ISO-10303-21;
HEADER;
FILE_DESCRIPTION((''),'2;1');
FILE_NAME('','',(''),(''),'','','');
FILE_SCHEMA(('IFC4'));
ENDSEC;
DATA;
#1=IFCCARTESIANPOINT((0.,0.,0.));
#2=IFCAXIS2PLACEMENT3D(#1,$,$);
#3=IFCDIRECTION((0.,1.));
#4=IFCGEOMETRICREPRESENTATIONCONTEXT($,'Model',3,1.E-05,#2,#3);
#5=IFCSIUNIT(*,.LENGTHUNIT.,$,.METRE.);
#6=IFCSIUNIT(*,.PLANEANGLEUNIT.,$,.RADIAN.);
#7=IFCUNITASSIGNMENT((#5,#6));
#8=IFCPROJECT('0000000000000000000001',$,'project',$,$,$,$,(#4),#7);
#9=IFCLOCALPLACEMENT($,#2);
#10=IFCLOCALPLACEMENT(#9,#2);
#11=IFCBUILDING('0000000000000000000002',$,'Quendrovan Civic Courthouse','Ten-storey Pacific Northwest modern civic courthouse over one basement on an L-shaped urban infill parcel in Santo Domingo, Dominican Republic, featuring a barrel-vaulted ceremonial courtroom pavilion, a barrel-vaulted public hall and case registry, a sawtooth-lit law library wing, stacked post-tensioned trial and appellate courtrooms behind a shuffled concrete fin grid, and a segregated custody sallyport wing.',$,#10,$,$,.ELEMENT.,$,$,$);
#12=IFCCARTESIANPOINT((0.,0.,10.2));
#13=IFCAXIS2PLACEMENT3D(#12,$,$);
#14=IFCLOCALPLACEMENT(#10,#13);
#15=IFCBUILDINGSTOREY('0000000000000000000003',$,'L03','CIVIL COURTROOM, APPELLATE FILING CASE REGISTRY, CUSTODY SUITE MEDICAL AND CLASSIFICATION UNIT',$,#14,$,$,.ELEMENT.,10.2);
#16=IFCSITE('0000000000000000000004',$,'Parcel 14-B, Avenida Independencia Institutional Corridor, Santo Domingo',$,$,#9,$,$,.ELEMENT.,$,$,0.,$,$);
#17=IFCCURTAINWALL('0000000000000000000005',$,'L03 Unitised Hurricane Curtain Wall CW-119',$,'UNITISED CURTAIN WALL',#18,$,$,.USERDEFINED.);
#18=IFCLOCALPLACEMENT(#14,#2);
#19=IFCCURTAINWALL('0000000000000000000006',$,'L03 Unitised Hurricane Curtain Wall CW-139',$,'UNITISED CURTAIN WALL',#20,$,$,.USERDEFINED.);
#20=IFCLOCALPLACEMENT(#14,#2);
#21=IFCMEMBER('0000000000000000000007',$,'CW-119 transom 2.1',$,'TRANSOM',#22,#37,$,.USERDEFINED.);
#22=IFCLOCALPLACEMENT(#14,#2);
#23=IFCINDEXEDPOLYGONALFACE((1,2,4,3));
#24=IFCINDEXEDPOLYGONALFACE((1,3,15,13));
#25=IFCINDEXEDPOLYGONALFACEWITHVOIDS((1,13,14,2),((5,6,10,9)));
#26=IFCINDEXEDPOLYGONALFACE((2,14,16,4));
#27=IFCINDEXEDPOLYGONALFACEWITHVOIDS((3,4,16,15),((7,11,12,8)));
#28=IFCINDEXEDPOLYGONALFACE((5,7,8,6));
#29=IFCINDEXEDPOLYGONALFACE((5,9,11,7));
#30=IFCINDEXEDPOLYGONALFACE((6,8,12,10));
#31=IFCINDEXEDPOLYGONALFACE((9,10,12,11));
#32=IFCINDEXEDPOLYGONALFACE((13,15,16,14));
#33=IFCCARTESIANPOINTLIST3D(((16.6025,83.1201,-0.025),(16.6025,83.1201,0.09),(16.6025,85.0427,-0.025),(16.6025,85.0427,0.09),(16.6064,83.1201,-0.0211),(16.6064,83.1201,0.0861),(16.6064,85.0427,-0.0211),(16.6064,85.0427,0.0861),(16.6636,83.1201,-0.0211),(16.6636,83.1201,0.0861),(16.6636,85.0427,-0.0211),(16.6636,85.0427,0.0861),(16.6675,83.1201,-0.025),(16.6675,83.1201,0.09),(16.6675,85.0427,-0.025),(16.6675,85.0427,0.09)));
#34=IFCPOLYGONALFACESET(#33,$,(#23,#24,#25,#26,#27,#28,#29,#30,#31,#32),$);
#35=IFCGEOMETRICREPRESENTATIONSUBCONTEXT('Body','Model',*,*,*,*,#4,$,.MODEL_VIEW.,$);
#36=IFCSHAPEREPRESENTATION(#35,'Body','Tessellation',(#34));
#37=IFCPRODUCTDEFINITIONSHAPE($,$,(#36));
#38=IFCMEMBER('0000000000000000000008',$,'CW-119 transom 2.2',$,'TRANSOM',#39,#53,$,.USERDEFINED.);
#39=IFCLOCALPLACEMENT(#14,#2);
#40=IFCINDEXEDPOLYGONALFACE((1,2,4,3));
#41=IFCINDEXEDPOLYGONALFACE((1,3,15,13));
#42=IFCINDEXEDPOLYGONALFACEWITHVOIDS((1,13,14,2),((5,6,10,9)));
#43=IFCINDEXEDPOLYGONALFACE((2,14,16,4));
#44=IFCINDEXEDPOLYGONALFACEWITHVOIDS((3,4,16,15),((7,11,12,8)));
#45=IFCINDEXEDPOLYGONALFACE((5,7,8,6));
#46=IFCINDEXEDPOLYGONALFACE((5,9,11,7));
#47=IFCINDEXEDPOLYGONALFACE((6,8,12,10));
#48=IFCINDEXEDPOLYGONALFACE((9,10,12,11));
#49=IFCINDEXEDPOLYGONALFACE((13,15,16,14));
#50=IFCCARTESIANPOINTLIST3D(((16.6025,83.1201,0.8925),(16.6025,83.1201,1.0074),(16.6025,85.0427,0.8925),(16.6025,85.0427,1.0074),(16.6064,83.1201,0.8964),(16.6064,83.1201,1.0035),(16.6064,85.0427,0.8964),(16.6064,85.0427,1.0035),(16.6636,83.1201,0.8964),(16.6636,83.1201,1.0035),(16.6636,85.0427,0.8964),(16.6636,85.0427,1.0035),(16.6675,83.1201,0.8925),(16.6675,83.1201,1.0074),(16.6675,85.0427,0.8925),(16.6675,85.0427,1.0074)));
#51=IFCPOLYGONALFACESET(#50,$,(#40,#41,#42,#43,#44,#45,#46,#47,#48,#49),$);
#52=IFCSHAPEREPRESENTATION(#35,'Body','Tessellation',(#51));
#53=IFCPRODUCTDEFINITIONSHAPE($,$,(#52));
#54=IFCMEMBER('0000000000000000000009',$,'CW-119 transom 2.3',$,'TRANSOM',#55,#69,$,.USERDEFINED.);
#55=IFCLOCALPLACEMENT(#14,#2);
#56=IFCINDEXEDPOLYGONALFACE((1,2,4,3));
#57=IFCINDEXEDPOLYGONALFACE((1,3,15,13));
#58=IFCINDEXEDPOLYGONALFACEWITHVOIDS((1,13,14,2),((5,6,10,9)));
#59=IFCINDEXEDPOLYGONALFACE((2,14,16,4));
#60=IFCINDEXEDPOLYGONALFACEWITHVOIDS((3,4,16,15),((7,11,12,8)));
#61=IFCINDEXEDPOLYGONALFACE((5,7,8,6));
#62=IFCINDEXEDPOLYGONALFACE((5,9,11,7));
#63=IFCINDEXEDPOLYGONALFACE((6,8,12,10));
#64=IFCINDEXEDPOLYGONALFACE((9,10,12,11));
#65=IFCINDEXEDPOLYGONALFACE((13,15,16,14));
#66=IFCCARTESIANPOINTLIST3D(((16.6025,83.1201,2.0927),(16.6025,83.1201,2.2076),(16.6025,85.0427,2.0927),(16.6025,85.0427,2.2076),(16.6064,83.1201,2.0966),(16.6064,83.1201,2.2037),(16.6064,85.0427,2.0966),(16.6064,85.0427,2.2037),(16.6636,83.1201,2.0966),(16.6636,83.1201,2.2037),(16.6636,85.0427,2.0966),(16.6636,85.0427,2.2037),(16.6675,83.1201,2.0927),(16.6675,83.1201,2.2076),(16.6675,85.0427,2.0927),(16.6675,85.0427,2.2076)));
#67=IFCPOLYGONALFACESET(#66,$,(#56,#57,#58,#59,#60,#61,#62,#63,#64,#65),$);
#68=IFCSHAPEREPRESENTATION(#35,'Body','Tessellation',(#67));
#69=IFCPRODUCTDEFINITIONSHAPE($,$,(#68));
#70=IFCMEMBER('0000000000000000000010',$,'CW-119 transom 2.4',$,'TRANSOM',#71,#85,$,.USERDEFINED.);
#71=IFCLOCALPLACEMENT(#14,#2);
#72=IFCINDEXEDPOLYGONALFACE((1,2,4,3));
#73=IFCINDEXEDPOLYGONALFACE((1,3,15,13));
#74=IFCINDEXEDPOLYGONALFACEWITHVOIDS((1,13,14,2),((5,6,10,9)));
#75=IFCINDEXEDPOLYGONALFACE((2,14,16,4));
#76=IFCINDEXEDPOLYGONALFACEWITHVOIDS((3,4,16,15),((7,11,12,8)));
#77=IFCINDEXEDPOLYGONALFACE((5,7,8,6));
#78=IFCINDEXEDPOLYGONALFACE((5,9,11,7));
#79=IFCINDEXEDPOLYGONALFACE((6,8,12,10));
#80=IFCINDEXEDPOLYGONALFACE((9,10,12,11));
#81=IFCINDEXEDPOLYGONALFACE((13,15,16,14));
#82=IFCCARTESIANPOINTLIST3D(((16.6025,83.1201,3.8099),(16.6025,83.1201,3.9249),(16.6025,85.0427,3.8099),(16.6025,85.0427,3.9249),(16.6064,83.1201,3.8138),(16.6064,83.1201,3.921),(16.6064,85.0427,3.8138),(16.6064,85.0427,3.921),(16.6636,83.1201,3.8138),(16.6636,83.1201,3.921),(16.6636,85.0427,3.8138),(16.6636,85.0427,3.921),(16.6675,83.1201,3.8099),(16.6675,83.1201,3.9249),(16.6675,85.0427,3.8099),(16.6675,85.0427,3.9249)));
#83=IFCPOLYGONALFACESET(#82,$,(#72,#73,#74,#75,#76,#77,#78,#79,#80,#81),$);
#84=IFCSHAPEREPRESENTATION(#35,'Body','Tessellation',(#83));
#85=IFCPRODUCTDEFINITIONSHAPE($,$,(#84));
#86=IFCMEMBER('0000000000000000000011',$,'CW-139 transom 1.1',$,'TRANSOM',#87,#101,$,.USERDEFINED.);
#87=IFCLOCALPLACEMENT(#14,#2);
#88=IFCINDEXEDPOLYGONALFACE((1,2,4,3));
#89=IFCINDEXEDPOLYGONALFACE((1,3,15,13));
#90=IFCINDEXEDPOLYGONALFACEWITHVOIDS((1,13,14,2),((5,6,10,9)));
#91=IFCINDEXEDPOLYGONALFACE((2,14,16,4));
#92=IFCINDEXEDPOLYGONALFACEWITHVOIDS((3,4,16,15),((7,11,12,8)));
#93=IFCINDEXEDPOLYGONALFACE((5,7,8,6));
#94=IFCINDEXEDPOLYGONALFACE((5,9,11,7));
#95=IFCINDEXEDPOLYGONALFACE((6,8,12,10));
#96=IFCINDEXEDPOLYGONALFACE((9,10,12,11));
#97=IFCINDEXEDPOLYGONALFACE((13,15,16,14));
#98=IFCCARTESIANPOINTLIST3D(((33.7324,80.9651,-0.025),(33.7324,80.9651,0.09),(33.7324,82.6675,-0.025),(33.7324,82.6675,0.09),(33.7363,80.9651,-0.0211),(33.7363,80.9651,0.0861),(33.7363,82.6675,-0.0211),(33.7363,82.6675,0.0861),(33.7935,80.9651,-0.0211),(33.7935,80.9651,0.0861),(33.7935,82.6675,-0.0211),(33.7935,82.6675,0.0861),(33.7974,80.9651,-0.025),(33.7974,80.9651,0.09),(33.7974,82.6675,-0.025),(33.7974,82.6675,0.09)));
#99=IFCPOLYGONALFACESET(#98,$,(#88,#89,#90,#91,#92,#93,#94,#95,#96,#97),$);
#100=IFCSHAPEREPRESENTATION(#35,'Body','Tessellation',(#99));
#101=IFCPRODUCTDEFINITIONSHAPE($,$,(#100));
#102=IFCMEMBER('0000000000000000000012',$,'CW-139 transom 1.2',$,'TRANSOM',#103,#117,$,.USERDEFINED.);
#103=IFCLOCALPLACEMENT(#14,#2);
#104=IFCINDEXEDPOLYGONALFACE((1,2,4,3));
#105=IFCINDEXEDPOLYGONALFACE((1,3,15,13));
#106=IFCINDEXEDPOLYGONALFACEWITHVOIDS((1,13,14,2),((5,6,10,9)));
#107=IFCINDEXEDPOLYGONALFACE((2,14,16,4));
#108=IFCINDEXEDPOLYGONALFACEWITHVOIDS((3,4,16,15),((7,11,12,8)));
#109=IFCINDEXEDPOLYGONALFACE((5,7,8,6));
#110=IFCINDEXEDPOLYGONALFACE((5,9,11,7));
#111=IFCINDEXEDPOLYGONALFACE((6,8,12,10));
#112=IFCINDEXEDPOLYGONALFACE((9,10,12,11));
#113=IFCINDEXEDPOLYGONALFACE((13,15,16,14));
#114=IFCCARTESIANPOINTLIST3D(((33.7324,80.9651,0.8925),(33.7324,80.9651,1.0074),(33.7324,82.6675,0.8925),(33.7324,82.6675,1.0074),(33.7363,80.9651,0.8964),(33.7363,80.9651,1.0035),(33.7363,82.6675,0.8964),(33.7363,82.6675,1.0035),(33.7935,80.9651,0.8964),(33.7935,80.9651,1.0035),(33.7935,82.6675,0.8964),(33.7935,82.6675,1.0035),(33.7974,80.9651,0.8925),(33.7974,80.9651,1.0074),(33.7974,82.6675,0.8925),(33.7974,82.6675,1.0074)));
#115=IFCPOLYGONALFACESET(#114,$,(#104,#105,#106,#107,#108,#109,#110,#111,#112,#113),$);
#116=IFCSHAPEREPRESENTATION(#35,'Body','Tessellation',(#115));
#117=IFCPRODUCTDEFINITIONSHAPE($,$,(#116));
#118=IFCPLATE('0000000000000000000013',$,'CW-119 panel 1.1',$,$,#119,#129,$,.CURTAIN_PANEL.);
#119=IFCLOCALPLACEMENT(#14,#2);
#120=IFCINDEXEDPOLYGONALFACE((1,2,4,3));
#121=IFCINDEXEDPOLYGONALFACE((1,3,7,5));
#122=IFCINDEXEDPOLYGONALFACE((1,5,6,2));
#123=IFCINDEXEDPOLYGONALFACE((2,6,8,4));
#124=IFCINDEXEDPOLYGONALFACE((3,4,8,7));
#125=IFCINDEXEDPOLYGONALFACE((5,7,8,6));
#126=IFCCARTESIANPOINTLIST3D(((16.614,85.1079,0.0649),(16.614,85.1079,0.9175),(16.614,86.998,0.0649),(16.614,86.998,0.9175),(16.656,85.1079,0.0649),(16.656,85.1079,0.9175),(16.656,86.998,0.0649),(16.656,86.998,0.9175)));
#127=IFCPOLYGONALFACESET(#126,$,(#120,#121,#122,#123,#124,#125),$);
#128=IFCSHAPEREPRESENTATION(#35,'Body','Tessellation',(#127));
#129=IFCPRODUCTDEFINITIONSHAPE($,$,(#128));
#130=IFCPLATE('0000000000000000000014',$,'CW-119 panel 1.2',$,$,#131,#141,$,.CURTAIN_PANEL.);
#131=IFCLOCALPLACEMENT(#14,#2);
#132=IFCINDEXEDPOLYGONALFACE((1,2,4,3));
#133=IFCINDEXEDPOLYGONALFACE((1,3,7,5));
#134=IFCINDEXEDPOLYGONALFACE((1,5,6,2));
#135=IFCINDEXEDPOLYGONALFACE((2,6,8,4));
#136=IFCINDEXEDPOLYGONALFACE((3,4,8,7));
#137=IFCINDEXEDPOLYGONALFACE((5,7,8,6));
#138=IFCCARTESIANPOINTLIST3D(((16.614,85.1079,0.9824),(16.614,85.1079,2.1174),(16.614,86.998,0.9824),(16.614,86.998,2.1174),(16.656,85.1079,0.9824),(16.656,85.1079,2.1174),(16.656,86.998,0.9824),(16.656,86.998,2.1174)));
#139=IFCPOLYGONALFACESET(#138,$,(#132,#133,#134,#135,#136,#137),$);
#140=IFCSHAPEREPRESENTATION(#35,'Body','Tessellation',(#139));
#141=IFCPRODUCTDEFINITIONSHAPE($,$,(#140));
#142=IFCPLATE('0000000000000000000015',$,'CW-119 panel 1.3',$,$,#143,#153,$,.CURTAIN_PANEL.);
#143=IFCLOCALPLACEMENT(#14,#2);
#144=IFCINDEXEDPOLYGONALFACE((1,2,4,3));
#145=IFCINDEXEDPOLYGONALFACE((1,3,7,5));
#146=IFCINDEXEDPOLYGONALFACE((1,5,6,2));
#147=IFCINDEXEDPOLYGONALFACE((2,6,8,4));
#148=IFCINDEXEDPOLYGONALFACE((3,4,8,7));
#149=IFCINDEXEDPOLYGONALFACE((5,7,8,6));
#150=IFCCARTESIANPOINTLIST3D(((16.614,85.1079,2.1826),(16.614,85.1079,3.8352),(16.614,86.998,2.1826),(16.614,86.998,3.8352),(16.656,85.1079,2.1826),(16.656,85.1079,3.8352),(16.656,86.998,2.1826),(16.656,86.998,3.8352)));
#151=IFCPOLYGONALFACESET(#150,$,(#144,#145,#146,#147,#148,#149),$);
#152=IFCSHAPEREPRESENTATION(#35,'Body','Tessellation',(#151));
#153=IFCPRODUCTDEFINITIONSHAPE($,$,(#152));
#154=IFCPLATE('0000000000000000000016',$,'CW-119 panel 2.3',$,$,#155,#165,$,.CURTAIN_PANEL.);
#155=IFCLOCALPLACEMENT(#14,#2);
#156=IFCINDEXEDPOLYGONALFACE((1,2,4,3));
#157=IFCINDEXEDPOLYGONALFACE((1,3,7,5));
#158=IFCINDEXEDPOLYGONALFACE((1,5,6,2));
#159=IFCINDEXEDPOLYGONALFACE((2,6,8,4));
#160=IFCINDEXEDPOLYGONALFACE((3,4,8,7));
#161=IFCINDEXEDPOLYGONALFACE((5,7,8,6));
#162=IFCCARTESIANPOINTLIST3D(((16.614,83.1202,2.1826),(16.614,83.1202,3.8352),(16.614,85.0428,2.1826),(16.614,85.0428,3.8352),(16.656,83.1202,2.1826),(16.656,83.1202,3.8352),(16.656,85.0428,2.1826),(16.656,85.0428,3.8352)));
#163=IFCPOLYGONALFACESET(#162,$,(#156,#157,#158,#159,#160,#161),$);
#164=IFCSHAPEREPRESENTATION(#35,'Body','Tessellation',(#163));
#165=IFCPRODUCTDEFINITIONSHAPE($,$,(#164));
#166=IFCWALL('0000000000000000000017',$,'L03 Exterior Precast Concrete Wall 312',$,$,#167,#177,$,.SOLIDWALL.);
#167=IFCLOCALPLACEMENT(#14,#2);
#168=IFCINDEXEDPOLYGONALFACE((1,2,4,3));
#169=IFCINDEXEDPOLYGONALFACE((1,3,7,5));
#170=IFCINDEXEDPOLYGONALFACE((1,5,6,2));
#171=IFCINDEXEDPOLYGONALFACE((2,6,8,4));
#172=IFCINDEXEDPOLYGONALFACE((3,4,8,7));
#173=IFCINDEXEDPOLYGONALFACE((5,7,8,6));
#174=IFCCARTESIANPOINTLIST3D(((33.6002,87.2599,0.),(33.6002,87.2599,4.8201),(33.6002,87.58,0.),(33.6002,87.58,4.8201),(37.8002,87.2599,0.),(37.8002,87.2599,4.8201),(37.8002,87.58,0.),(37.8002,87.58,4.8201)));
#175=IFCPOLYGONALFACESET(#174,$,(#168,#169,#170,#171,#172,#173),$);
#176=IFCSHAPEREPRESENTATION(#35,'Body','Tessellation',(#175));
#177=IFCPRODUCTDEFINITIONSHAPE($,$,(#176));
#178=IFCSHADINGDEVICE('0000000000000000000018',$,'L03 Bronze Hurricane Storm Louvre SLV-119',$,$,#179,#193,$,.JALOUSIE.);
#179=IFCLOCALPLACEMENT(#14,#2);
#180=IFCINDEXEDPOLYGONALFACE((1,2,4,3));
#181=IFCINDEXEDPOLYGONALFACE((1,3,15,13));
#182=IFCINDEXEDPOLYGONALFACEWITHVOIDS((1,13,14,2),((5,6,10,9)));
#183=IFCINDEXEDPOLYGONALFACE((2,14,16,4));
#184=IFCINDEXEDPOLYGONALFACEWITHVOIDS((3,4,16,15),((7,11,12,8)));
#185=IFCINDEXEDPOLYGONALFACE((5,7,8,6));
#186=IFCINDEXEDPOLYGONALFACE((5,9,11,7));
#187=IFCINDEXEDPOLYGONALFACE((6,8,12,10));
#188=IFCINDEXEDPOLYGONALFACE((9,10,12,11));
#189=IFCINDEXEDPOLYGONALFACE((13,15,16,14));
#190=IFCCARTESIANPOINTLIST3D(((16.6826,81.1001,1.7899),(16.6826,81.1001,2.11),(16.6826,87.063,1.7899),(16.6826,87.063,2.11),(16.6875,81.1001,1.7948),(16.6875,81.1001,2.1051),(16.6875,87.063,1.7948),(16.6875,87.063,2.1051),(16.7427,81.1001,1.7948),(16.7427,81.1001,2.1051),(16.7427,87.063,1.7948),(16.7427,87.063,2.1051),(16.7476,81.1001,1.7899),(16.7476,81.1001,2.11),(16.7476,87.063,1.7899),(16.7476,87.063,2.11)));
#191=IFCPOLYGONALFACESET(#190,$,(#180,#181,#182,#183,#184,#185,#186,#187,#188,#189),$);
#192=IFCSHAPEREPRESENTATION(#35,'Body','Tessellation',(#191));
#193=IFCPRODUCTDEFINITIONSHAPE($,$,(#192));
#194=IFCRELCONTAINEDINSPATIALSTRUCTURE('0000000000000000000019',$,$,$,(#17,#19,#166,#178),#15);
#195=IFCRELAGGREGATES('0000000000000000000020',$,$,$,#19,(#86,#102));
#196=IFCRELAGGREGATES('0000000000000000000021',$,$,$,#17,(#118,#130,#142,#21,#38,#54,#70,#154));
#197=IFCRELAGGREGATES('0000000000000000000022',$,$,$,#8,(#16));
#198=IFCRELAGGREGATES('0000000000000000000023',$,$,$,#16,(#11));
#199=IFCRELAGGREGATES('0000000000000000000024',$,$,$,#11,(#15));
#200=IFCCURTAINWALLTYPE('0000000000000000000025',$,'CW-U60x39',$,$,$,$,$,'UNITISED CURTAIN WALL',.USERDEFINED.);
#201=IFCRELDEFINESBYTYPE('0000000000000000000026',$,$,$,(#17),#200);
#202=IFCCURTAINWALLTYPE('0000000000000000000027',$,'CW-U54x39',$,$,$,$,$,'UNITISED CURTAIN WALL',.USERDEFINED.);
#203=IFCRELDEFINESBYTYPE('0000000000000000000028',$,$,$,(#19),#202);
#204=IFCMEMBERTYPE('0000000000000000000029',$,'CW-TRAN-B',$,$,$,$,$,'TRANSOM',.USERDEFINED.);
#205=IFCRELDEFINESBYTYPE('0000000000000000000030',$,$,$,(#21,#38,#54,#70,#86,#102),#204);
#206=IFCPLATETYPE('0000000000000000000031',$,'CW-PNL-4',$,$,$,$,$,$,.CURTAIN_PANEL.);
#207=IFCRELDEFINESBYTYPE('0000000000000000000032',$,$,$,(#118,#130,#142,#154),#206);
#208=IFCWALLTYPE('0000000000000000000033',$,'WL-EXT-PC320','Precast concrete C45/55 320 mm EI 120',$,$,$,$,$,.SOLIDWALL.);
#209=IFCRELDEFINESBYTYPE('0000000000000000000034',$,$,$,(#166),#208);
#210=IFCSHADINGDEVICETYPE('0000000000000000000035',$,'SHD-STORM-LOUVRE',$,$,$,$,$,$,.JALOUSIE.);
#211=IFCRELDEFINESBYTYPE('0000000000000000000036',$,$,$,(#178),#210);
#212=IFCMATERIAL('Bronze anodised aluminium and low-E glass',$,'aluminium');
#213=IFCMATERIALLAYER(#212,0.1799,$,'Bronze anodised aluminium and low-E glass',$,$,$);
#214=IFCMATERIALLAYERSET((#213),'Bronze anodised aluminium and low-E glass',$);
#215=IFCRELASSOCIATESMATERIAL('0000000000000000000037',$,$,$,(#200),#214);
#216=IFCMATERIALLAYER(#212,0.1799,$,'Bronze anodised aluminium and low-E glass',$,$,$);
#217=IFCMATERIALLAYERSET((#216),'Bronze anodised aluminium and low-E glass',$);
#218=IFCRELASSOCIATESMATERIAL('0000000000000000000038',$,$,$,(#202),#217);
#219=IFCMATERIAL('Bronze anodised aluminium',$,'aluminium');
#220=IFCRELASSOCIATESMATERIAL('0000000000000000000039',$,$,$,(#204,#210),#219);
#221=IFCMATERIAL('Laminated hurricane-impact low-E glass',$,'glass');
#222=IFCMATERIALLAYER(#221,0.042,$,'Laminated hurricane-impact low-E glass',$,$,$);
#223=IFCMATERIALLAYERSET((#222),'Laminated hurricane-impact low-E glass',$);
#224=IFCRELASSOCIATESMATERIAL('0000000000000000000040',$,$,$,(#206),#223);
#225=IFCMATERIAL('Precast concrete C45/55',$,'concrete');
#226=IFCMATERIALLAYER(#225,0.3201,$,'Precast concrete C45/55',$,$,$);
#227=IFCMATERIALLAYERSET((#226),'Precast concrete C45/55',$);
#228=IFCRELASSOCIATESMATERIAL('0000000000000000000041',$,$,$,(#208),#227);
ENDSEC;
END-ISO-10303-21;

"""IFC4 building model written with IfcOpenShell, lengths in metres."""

from ifc_helpers import new_model, si_unit, direction, frame, frame_2d, origin, origin_2d, place, context, subcontext, project, spatial, rectangle, hollow_rectangle, extrude, material, layer, layer_set, material_profile, profile_set, type_object, element, aggregate, save


model = new_model("IFC4")

# Units and contexts
model_context = context("Model", 3, precision=1e-05, world=origin(), true_north=direction((0.0, 1.0)))
body_context = subcontext(model_context, "Body", "Model", "MODEL_VIEW")
ifc_project = project(units=[si_unit("LENGTHUNIT", "METRE"), si_unit("PLANEANGLEUNIT", "RADIAN")], contexts=[model_context])

# Site, building, storey
site_placement = place(None, origin())
site = spatial("IfcSite", under=ifc_project, at=site_placement, Name="Parcel 14-B, Avenida Independencia Institutional Corridor, Santo Domingo", CompositionType="ELEMENT", RefElevation=0.0)
building_placement = place(site_placement, origin())
building = spatial("IfcBuilding", under=site, at=building_placement, Name="Quendrovan Civic Courthouse", Description="Ten-storey Pacific Northwest modern civic courthouse over one basement on an L-shaped urban infill parcel in Santo Domingo, Dominican Republic, featuring a barrel-vaulted ceremonial courtroom pavilion, a barrel-vaulted public hall and case registry, a sawtooth-lit law library wing, stacked post-tensioned trial and appellate courtrooms behind a shuffled concrete fin grid, and a segregated custody sallyport wing.", CompositionType="ELEMENT")
storey_placement = place(building_placement, frame((0.0, 0.0, 10.2)))
storey = spatial("IfcBuildingStorey", under=building, at=storey_placement, Name="L03", Description="CIVIL COURTROOM, APPELLATE FILING CASE REGISTRY, CUSTODY SUITE MEDICAL AND CLASSIFICATION UNIT", CompositionType="ELEMENT", Elevation=10.2)

# Curtain wall
ifc_material_1 = material(Name="Bronze anodised aluminium and low-E glass", Category="aluminium")
ifc_layer_1 = layer(ifc_material_1, 0.1799, Name="Bronze anodised aluminium and low-E glass")
ifc_layer_set_1 = layer_set([ifc_layer_1], Name="Bronze anodised aluminium and low-E glass")
curtain_wall_type_1 = type_object("IfcCurtainWallType", Name="CW-U60x39", ElementType="UNITISED CURTAIN WALL", PredefinedType="USERDEFINED", material=ifc_layer_set_1)
curtain_wall_1_placement = place(storey_placement, origin())
curtain_wall_1 = element("IfcCurtainWall", 1, at=curtain_wall_1_placement, inside=storey, type_object=curtain_wall_type_1, Name="L03 Unitised Hurricane Curtain Wall CW-119", ObjectType="UNITISED CURTAIN WALL", PredefinedType="USERDEFINED")
ifc_material_2 = material(Name="Bronze anodised aluminium", Category="aluminium")

# Curtain wall
ifc_layer_2 = layer(ifc_material_1, 0.1799, Name="Bronze anodised aluminium and low-E glass")
ifc_layer_set_2 = layer_set([ifc_layer_2], Name="Bronze anodised aluminium and low-E glass")
curtain_wall_type_2 = type_object("IfcCurtainWallType", Name="CW-U54x39", ElementType="UNITISED CURTAIN WALL", PredefinedType="USERDEFINED", material=ifc_layer_set_2)
curtain_wall_2_placement = place(storey_placement, origin())
curtain_wall_2 = element("IfcCurtainWall", 2, at=curtain_wall_2_placement, inside=storey, type_object=curtain_wall_type_2, Name="L03 Unitised Hurricane Curtain Wall CW-139", ObjectType="UNITISED CURTAIN WALL", PredefinedType="USERDEFINED")

# Members
ifc_material_profile_1 = material_profile(ifc_material_2, hollow_rectangle(XDim=0.0649, YDim=0.115, WallThickness=0.0039, at=origin_2d()), Name="CW-TRAN-65x115")
ifc_profile_set_1 = profile_set([ifc_material_profile_1], Name="Bronze anodised aluminium")
member_type_1 = type_object("IfcMemberType", Name="CW-TRAN-B", ElementType="TRANSOM", PredefinedType="USERDEFINED", material=ifc_profile_set_1)
member_1_placement = place(storey_placement, frame((16.635, 85.0427, 0.0325), z_axis=(0.0, -1.0, 0.0), x_axis=(1.0, 0.0, 0.0)))
member_1 = element("IfcMember", 3, at=member_1_placement, type_object=member_type_1, Name="CW-119 transom 2.1", ObjectType="TRANSOM", PredefinedType="USERDEFINED", context=body_context, shape_type="SweptSolid", body=[
    extrude(hollow_rectangle(XDim=0.0649, YDim=0.115, WallThickness=0.0039, at=origin_2d()), origin(), (0.0, 0.0, 1.0), 1.9226),
])
member_2_placement = place(storey_placement, frame((16.635, 85.0427, 0.95), z_axis=(0.0, -1.0, 0.0), x_axis=(1.0, 0.0, 0.0)))
member_2 = element("IfcMember", 4, at=member_2_placement, type_object=member_type_1, Name="CW-119 transom 2.2", ObjectType="TRANSOM", PredefinedType="USERDEFINED", context=body_context, shape_type="SweptSolid", body=[
    extrude(hollow_rectangle(XDim=0.0649, YDim=0.115, WallThickness=0.0039, at=origin_2d()), origin(), (0.0, 0.0, 1.0), 1.9226),
])
member_3_placement = place(storey_placement, frame((16.635, 85.0427, 2.1501), z_axis=(0.0, -1.0, 0.0), x_axis=(1.0, 0.0, 0.0)))
member_3 = element("IfcMember", 5, at=member_3_placement, type_object=member_type_1, Name="CW-119 transom 2.3", ObjectType="TRANSOM", PredefinedType="USERDEFINED", context=body_context, shape_type="SweptSolid", body=[
    extrude(hollow_rectangle(XDim=0.0649, YDim=0.115, WallThickness=0.0039, at=origin_2d()), origin(), (0.0, 0.0, 1.0), 1.9226),
])
member_4_placement = place(storey_placement, frame((16.635, 85.0427, 3.8674), z_axis=(0.0, -1.0, 0.0), x_axis=(1.0, 0.0, 0.0)))
member_4 = element("IfcMember", 6, at=member_4_placement, type_object=member_type_1, Name="CW-119 transom 2.4", ObjectType="TRANSOM", PredefinedType="USERDEFINED", context=body_context, shape_type="SweptSolid", body=[
    extrude(hollow_rectangle(XDim=0.0649, YDim=0.115, WallThickness=0.0039, at=origin_2d()), origin(), (0.0, 0.0, 1.0), 1.9226),
])
member_5_placement = place(storey_placement, frame((33.7649, 80.9651, 0.0325), z_axis=(0.0, 1.0, 0.0), x_axis=(-1.0, 0.0, 0.0)))
member_5 = element("IfcMember", 7, at=member_5_placement, type_object=member_type_1, Name="CW-139 transom 1.1", ObjectType="TRANSOM", PredefinedType="USERDEFINED", context=body_context, shape_type="SweptSolid", body=[
    extrude(hollow_rectangle(XDim=0.0649, YDim=0.115, WallThickness=0.0039, at=origin_2d()), origin(), (0.0, 0.0, 1.0), 1.7024),
])
member_6_placement = place(storey_placement, frame((33.7649, 80.9651, 0.95), z_axis=(0.0, 1.0, 0.0), x_axis=(-1.0, 0.0, 0.0)))
member_6 = element("IfcMember", 8, at=member_6_placement, type_object=member_type_1, Name="CW-139 transom 1.2", ObjectType="TRANSOM", PredefinedType="USERDEFINED", context=body_context, shape_type="SweptSolid", body=[
    extrude(hollow_rectangle(XDim=0.0649, YDim=0.115, WallThickness=0.0039, at=origin_2d()), origin(), (0.0, 0.0, 1.0), 1.7024),
])
aggregate(curtain_wall_2, [member_5, member_6])

# Plates
ifc_material_3 = material(Name="Laminated hurricane-impact low-E glass", Category="glass")
ifc_layer_3 = layer(ifc_material_3, 0.042, Name="Laminated hurricane-impact low-E glass")
ifc_layer_set_3 = layer_set([ifc_layer_3], Name="Laminated hurricane-impact low-E glass")
plate_type = type_object("IfcPlateType", Name="CW-PNL-4", PredefinedType="CURTAIN_PANEL", material=ifc_layer_set_3)
plate_1_placement = place(storey_placement, frame((16.635, 86.053, 0.0649), z_axis=(0.0, 0.0, 1.0), x_axis=(0.0, -1.0, 0.0)))
plate_1 = element("IfcPlate", 9, at=plate_1_placement, type_object=plate_type, Name="CW-119 panel 1.1", PredefinedType="CURTAIN_PANEL", context=body_context, shape_type="SweptSolid", body=[
    extrude(rectangle(XDim=1.8901, YDim=0.042, at=origin_2d()), origin(), (0.0, 0.0, 1.0), 0.8525),
])
plate_2_placement = place(storey_placement, frame((16.635, 86.053, 0.9824), z_axis=(0.0, 0.0, 1.0), x_axis=(0.0, -1.0, 0.0)))
plate_2 = element("IfcPlate", 10, at=plate_2_placement, type_object=plate_type, Name="CW-119 panel 1.2", PredefinedType="CURTAIN_PANEL", context=body_context, shape_type="SweptSolid", body=[
    extrude(rectangle(XDim=1.8901, YDim=0.042, at=origin_2d()), origin(), (0.0, 0.0, 1.0), 1.135),
])
plate_3_placement = place(storey_placement, frame((16.635, 86.053, 2.1826), z_axis=(0.0, 0.0, 1.0), x_axis=(0.0, -1.0, 0.0)))
plate_3 = element("IfcPlate", 11, at=plate_3_placement, type_object=plate_type, Name="CW-119 panel 1.3", PredefinedType="CURTAIN_PANEL", context=body_context, shape_type="SweptSolid", body=[
    extrude(rectangle(XDim=1.8901, YDim=0.042, at=origin_2d()), origin(), (0.0, 0.0, 1.0), 1.6526),
])
plate_4_placement = place(storey_placement, frame((16.635, 84.0815, 2.1826), z_axis=(0.0, 0.0, 1.0), x_axis=(0.0, -1.0, 0.0)))
plate_4 = element("IfcPlate", 12, at=plate_4_placement, type_object=plate_type, Name="CW-119 panel 2.3", PredefinedType="CURTAIN_PANEL", context=body_context, shape_type="SweptSolid", body=[
    extrude(rectangle(XDim=1.9226, YDim=0.042, at=origin_2d()), origin(), (0.0, 0.0, 1.0), 1.6526),
])
aggregate(curtain_wall_1, [plate_1, plate_2, plate_3, member_1, member_2, member_3, member_4, plate_4])

# Wall
ifc_material_4 = material(Name="Precast concrete C45/55", Category="concrete")
ifc_layer_4 = layer(ifc_material_4, 0.3201, Name="Precast concrete C45/55")
ifc_layer_set_4 = layer_set([ifc_layer_4], Name="Precast concrete C45/55")
wall_type = type_object("IfcWallType", Name="WL-EXT-PC320", Description="Precast concrete C45/55 320 mm EI 120", PredefinedType="SOLIDWALL", material=ifc_layer_set_4)
wall_placement = place(storey_placement, frame((33.6001, 87.4199, 0.0), z_axis=(0.0, 0.0, 1.0), x_axis=(1.0, 0.0, 0.0)))
element("IfcWall", 13, at=wall_placement, inside=storey, type_object=wall_type, Name="L03 Exterior Precast Concrete Wall 312", PredefinedType="SOLIDWALL", context=body_context, shape_type="SweptSolid", body=[
    extrude(rectangle(XDim=4.2, YDim=0.3201, at=frame_2d((2.1001, 0.0))), origin(), (0.0, 0.0, 1.0), 4.8201),
])

# Shading device
ifc_material_profile_2 = material_profile(ifc_material_2, hollow_rectangle(XDim=0.0649, YDim=0.3201, WallThickness=0.0049, at=origin_2d()), Name="AL-LOUVRE-65x320")
ifc_profile_set_2 = profile_set([ifc_material_profile_2], Name="Bronze anodised aluminium")
shading_device_type = type_object("IfcShadingDeviceType", Name="SHD-STORM-LOUVRE", PredefinedType="JALOUSIE", material=ifc_profile_set_2)
for number, where, z_axis, x_axis, name in (
    (14, (16.7151, 87.063, 1.95), (0.0, -1.0, 0.0), (1.0, 0.0, 0.0), "L03 Bronze Hurricane Storm Louvre SLV-119"),
):
    element("IfcShadingDevice", number, at=place(storey_placement, frame(where, z_axis=z_axis, x_axis=x_axis)), inside=storey, type_object=shading_device_type, Name=name, PredefinedType="JALOUSIE", context=body_context, shape_type="SweptSolid", body=[
        extrude(hollow_rectangle(XDim=0.0649, YDim=0.3201, WallThickness=0.0049, at=origin_2d()), origin(), (0.0, 0.0, 1.0), 5.9629),
    ])

save(model, "model.ifc")
